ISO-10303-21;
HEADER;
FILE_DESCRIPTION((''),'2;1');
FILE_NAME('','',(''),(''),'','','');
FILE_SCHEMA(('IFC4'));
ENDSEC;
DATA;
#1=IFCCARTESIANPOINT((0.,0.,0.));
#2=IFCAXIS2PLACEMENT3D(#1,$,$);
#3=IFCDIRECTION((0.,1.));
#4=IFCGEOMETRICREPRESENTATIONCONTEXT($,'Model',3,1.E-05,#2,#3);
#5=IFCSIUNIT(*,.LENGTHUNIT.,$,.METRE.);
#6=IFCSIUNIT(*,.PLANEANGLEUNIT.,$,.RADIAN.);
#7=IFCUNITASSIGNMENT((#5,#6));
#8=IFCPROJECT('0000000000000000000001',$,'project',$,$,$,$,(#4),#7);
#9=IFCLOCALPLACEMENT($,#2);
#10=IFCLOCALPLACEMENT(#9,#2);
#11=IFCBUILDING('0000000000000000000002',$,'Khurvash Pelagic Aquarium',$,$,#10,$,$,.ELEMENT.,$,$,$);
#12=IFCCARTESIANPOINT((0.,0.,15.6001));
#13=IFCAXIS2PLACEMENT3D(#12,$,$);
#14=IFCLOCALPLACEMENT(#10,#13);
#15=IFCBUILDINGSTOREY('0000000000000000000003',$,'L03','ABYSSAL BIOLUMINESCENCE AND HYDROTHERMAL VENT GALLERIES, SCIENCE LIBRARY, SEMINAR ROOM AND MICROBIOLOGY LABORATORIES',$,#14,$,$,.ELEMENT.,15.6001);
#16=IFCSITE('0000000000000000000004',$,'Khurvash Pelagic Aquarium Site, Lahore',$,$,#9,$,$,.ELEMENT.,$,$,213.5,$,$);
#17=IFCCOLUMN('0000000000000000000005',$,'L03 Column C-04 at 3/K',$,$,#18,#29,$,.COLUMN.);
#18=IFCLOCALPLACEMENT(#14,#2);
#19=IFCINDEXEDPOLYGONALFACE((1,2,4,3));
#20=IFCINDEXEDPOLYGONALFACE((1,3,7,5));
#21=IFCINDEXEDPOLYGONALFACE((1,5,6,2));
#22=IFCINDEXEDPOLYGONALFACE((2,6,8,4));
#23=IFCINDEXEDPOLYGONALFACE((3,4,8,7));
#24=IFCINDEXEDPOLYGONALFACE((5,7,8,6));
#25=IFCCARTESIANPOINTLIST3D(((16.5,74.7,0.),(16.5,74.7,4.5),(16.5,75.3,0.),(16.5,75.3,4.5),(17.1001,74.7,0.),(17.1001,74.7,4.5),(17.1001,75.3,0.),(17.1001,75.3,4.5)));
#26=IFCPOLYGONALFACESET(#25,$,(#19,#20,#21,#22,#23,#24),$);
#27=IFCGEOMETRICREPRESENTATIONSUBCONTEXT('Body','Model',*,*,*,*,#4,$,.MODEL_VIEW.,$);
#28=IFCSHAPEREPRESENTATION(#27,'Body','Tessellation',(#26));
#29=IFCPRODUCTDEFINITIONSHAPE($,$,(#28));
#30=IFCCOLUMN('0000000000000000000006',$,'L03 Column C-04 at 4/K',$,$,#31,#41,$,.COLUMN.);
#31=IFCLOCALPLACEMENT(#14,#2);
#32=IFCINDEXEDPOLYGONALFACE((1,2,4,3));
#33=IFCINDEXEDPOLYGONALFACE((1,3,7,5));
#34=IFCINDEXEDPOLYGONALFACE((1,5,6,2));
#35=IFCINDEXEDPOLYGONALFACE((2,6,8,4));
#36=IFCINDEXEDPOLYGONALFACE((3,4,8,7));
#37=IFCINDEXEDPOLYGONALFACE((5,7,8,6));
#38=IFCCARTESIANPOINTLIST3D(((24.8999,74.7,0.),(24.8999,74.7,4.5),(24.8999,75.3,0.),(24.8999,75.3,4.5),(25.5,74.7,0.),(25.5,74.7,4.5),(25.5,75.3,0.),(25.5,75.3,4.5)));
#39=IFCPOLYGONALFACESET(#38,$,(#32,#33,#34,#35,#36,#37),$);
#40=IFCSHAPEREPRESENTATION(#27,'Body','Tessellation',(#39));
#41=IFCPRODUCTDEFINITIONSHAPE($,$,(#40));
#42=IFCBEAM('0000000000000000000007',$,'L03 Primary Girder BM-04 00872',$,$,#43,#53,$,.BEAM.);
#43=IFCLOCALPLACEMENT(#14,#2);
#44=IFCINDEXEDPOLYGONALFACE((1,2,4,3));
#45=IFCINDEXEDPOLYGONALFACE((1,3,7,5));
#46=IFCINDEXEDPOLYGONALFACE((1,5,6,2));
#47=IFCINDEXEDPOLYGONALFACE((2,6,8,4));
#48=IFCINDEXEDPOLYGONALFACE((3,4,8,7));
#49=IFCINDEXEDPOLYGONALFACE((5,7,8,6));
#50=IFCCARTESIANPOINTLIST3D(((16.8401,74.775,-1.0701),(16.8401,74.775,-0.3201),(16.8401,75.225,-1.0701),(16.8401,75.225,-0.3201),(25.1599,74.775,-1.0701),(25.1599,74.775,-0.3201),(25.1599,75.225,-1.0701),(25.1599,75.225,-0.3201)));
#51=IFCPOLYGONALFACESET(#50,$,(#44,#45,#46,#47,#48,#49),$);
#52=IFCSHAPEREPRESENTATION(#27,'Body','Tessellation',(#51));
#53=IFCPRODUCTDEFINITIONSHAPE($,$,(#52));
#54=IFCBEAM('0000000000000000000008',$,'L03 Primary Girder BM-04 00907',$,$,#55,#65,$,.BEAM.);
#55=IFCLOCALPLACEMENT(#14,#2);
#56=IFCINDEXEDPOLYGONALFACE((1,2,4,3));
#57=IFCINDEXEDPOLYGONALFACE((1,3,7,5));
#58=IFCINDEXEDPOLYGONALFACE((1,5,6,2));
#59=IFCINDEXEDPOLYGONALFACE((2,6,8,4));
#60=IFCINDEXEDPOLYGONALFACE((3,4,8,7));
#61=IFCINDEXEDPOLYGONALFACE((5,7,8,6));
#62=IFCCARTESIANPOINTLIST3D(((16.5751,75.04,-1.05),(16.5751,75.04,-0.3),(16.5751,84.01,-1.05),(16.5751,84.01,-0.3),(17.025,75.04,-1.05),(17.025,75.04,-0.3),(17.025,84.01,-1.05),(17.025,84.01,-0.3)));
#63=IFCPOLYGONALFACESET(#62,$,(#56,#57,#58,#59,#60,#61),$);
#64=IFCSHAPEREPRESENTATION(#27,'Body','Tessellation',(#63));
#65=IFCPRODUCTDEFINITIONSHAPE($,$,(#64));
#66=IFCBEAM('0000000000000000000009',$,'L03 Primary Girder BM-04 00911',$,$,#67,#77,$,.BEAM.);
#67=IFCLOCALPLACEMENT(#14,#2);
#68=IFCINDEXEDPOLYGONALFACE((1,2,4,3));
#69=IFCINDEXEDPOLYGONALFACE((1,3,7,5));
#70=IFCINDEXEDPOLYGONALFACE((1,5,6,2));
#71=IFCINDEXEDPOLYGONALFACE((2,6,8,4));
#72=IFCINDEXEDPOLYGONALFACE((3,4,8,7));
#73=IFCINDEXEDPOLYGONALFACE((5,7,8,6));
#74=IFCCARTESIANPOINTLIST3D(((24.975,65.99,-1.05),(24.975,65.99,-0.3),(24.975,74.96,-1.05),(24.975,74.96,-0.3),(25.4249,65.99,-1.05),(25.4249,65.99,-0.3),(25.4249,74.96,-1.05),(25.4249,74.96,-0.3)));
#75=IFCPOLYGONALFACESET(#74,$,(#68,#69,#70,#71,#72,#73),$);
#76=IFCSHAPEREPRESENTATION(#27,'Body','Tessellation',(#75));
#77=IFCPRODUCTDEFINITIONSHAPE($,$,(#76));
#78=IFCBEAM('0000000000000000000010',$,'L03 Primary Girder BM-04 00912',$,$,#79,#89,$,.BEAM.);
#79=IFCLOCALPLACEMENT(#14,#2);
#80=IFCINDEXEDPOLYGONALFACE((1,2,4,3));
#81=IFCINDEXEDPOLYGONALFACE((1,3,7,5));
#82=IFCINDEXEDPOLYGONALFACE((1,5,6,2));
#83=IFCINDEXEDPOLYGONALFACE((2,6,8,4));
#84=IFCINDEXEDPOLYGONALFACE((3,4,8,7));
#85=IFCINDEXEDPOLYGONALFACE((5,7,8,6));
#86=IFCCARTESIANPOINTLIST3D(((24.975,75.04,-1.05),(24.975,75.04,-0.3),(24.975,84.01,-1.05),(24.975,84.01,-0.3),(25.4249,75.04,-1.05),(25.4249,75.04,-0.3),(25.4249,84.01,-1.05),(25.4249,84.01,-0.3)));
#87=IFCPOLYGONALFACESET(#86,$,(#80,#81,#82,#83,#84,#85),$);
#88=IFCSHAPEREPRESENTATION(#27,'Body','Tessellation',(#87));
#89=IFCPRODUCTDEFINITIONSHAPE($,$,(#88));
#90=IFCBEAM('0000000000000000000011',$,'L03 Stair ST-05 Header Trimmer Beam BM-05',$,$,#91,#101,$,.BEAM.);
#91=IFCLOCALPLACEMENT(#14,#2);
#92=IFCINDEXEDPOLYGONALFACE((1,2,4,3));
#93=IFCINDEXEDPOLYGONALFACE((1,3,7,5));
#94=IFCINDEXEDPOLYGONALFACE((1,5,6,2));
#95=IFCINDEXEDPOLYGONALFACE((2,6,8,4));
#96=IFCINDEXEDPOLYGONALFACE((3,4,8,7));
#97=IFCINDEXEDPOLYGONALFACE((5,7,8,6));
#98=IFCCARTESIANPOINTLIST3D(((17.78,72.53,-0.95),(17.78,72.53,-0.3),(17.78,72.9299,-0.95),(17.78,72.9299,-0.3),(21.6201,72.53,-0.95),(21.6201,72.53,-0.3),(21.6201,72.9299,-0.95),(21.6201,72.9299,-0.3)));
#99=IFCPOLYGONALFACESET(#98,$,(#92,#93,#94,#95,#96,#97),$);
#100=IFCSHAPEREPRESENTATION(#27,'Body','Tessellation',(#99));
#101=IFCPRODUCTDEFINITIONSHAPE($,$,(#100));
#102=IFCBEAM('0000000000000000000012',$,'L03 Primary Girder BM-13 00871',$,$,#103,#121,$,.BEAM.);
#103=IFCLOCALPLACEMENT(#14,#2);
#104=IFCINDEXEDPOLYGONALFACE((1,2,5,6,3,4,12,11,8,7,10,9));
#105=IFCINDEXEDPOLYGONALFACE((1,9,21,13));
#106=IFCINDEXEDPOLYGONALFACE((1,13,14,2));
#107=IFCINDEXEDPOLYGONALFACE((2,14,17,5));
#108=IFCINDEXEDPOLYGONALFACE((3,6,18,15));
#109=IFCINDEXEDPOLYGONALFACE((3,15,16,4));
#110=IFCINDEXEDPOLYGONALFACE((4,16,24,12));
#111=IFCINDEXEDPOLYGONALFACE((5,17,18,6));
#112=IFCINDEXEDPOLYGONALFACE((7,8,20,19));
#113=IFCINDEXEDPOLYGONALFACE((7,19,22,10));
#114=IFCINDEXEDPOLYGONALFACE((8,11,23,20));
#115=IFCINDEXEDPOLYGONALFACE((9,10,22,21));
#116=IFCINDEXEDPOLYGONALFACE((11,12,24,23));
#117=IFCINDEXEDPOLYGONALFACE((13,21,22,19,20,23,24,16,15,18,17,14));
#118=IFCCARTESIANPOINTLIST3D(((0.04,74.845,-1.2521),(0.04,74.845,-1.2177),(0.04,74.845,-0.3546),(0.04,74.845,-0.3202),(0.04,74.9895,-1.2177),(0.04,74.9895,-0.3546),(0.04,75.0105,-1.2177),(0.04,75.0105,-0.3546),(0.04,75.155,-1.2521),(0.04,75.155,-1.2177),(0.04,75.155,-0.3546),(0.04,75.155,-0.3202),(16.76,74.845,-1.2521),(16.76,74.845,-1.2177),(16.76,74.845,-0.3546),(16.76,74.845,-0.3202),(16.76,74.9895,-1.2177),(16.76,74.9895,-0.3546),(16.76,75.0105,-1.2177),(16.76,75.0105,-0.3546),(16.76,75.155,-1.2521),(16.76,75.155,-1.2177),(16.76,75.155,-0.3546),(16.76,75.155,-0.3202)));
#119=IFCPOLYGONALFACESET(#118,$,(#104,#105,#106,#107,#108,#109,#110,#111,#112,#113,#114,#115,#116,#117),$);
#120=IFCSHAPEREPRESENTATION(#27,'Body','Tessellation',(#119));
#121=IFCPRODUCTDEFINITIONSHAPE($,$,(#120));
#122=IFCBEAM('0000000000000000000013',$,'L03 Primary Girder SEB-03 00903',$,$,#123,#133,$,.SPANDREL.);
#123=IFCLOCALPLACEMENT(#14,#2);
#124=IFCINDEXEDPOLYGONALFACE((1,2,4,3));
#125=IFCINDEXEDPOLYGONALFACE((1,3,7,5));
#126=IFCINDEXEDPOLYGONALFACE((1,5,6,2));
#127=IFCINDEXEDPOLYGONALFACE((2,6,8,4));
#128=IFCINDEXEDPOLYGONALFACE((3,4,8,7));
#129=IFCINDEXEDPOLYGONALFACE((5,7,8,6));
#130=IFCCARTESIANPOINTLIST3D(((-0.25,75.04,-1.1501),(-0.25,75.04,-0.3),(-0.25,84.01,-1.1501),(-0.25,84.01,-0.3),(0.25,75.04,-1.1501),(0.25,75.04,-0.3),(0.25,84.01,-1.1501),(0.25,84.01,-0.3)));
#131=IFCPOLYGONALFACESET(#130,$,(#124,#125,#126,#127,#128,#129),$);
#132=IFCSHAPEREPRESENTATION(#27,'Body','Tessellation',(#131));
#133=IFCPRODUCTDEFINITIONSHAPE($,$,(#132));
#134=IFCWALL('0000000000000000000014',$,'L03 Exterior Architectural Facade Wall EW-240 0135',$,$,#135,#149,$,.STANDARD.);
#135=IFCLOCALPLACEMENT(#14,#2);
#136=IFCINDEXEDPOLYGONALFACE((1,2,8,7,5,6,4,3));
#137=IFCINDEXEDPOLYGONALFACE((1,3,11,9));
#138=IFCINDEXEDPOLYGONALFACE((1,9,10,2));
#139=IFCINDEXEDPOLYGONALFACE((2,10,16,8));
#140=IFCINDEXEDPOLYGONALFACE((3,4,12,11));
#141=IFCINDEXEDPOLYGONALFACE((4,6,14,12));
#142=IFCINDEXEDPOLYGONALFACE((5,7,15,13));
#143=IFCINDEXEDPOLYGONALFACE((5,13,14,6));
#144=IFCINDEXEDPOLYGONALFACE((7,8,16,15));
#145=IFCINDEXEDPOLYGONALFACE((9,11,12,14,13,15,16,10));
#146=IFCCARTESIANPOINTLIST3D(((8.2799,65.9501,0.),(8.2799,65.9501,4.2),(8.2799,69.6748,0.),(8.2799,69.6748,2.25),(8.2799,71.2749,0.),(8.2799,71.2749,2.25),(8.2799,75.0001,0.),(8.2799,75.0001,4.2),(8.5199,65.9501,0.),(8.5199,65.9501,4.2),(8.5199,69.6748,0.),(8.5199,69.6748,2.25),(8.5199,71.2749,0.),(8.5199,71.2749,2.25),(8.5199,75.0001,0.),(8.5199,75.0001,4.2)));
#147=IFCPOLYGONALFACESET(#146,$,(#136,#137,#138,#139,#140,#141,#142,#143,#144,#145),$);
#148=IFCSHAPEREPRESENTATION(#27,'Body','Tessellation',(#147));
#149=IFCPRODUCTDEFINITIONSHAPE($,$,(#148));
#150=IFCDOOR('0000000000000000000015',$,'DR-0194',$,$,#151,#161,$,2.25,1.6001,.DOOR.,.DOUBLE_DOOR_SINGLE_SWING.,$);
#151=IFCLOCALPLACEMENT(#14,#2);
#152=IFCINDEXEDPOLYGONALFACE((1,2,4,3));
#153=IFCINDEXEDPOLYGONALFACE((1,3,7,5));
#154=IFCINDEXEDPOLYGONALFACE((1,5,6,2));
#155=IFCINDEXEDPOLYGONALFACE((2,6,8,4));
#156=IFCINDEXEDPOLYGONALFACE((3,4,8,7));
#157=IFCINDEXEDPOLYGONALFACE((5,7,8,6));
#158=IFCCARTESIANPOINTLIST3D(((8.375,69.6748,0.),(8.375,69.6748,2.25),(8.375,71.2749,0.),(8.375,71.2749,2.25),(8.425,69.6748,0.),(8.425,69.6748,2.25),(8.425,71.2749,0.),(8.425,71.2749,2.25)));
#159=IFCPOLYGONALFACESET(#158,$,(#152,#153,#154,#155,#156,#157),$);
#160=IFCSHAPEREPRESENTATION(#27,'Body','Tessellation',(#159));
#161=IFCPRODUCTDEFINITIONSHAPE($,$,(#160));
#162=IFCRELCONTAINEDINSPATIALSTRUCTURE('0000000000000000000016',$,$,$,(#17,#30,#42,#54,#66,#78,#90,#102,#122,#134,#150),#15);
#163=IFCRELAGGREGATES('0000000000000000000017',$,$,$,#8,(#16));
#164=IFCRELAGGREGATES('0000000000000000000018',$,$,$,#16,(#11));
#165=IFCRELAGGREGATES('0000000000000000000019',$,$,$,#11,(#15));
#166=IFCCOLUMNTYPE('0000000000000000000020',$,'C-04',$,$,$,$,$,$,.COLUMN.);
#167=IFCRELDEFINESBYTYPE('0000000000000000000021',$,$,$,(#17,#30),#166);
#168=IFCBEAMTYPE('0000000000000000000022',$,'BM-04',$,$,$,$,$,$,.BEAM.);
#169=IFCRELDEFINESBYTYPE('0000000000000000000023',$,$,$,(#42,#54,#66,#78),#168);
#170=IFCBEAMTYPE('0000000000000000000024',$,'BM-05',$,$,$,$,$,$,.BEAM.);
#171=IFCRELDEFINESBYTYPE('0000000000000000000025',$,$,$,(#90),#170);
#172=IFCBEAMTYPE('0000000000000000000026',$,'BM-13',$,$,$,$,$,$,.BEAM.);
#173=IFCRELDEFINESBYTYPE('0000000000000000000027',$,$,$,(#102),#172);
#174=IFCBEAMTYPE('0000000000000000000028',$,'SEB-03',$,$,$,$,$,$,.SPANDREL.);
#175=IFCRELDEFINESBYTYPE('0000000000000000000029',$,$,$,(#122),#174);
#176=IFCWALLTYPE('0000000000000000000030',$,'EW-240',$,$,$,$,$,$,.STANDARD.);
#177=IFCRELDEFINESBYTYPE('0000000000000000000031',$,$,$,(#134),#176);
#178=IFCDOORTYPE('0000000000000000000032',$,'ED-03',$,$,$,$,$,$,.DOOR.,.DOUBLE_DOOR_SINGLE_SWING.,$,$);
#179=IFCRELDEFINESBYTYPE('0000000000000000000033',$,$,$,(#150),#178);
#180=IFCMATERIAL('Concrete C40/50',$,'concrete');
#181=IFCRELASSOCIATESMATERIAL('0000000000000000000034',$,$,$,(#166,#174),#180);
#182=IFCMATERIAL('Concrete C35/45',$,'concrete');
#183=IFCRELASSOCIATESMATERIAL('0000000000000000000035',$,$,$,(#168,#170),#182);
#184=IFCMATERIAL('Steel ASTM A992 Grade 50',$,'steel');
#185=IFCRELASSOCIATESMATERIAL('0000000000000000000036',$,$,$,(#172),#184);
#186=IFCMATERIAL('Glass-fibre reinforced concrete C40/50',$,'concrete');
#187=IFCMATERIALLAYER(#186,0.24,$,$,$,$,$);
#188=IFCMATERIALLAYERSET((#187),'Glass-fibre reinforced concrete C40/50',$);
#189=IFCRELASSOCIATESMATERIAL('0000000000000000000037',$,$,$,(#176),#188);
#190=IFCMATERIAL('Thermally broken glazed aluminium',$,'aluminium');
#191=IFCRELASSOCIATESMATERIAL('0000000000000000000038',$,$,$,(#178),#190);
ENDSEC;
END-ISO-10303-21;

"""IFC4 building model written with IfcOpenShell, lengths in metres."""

from ifc_helpers import new_model, si_unit, direction, frame, frame_2d, origin, origin_2d, place, context, subcontext, project, spatial, rectangle, i_section, extrude, material, layer, layer_set, material_profile, profile_set, type_object, element, fill, save


model = new_model("IFC4")

# Units and contexts
model_context = context("Model", 3, precision=1e-05, world=origin(), true_north=direction((0.0, 1.0)))
body_context = subcontext(model_context, "Body", "Model", "MODEL_VIEW")
ifc_project = project(units=[si_unit("LENGTHUNIT", "METRE"), si_unit("PLANEANGLEUNIT", "RADIAN")], contexts=[model_context])

# Site, building, storey
site_placement = place(None, origin())
site = spatial("IfcSite", under=ifc_project, at=site_placement, Name="Khurvash Pelagic Aquarium Site, Lahore", CompositionType="ELEMENT", RefElevation=213.5)
building_placement = place(site_placement, origin())
building = spatial("IfcBuilding", under=site, at=building_placement, Name="Khurvash Pelagic Aquarium", CompositionType="ELEMENT")
storey_placement = place(building_placement, frame((0.0, 0.0, 15.6001)))
storey = spatial("IfcBuildingStorey", under=building, at=storey_placement, Name="L03", Description="ABYSSAL BIOLUMINESCENCE AND HYDROTHERMAL VENT GALLERIES, SCIENCE LIBRARY, SEMINAR ROOM AND MICROBIOLOGY LABORATORIES", CompositionType="ELEMENT", Elevation=15.6001)

# Columns
ifc_material_1 = material(Name="Concrete C40/50", Category="concrete")
ifc_material_profile_1 = material_profile(ifc_material_1, rectangle(XDim=0.6001, YDim=0.6001, at=origin_2d()), Name="RC600X600")
ifc_profile_set_1 = profile_set([ifc_material_profile_1], Name="Concrete C40/50")
column_type = type_object("IfcColumnType", Name="C-04", PredefinedType="COLUMN", material=ifc_profile_set_1)
for number, where, z_axis, x_axis, name in (
    (1, (16.8, 75.0, 0.0), (0.0, 0.0, 1.0), (1.0, 0.0, 0.0), "L03 Column C-04 at 3/K"),
    (2, (25.2, 75.0, 0.0), (0.0, 0.0, 1.0), (1.0, 0.0, 0.0), "L03 Column C-04 at 4/K"),
):
    element("IfcColumn", number, at=place(storey_placement, frame(where, z_axis=z_axis, x_axis=x_axis)), inside=storey, type_object=column_type, Name=name, PredefinedType="COLUMN", context=body_context, shape_type="SweptSolid", body=[
        extrude(rectangle(XDim=0.6001, YDim=0.6001, at=origin_2d()), origin(), (0.0, 0.0, 1.0), 4.5),
    ])

# Beams
ifc_material_2 = material(Name="Concrete C35/45", Category="concrete")
ifc_material_profile_2 = material_profile(ifc_material_2, rectangle(XDim=0.45, YDim=0.75, at=origin_2d()), Name="RC450X750")
ifc_profile_set_2 = profile_set([ifc_material_profile_2], Name="Concrete C35/45")
beam_type_1 = type_object("IfcBeamType", Name="BM-04", PredefinedType="BEAM", material=ifc_profile_set_2)
beam_1_placement = place(storey_placement, frame((16.8401, 75.0, -0.6951), z_axis=(1.0, 0.0, 0.0), x_axis=(0.0, 1.0, 0.0)))
element("IfcBeam", 3, at=beam_1_placement, inside=storey, type_object=beam_type_1, Name="L03 Primary Girder BM-04 00872", PredefinedType="BEAM", context=body_context, shape_type="SweptSolid", body=[
    extrude(rectangle(XDim=0.45, YDim=0.75, at=origin_2d()), origin(), (0.0, 0.0, 1.0), 8.3198),
])
for number, where, z_axis, x_axis, name in (
    (4, (16.8, 75.04, -0.675), (0.0, 1.0, 0.0), (-1.0, 0.0, 0.0), "L03 Primary Girder BM-04 00907"),
    (5, (25.2, 65.99, -0.675), (0.0, 1.0, 0.0), (-1.0, 0.0, 0.0), "L03 Primary Girder BM-04 00911"),
    (6, (25.2, 75.04, -0.675), (0.0, 1.0, 0.0), (-1.0, 0.0, 0.0), "L03 Primary Girder BM-04 00912"),
):
    element("IfcBeam", number, at=place(storey_placement, frame(where, z_axis=z_axis, x_axis=x_axis)), inside=storey, type_object=beam_type_1, Name=name, PredefinedType="BEAM", context=body_context, shape_type="SweptSolid", body=[
        extrude(rectangle(XDim=0.45, YDim=0.75, at=origin_2d()), origin(), (0.0, 0.0, 1.0), 8.97),
    ])
ifc_material_profile_3 = material_profile(ifc_material_2, rectangle(XDim=0.3999, YDim=0.6499, at=origin_2d()), Name="RC400X650")
ifc_profile_set_3 = profile_set([ifc_material_profile_3], Name="Concrete C35/45")
beam_type_2 = type_object("IfcBeamType", Name="BM-05", PredefinedType="BEAM", material=ifc_profile_set_3)
beam_2_placement = place(storey_placement, frame((17.78, 72.73, -0.625), z_axis=(1.0, 0.0, 0.0), x_axis=(0.0, 1.0, 0.0)))
element("IfcBeam", 7, at=beam_2_placement, inside=storey, type_object=beam_type_2, Name="L03 Stair ST-05 Header Trimmer Beam BM-05", PredefinedType="BEAM", context=body_context, shape_type="SweptSolid", body=[
    extrude(rectangle(XDim=0.3999, YDim=0.6499, at=origin_2d()), origin(), (0.0, 0.0, 1.0), 3.8401),
])
ifc_material_3 = material(Name="Steel ASTM A992 Grade 50", Category="steel")
ifc_material_profile_4 = material_profile(ifc_material_3, i_section(OverallWidth=0.3101, OverallDepth=0.9319, WebThickness=0.021, FlangeThickness=0.0344, at=origin_2d()), Name="W36X210")
ifc_profile_set_4 = profile_set([ifc_material_profile_4], Name="Steel ASTM A992 Grade 50")
beam_type_3 = type_object("IfcBeamType", Name="BM-13", PredefinedType="BEAM", material=ifc_profile_set_4)
beam_3_placement = place(storey_placement, frame((0.04, 75.0, -0.7861), z_axis=(1.0, 0.0, 0.0), x_axis=(0.0, 1.0, 0.0)))
element("IfcBeam", 8, at=beam_3_placement, inside=storey, type_object=beam_type_3, Name="L03 Primary Girder BM-13 00871", PredefinedType="BEAM", context=body_context, shape_type="SweptSolid", body=[
    extrude(i_section(OverallWidth=0.3101, OverallDepth=0.9319, WebThickness=0.021, FlangeThickness=0.0344, at=origin_2d()), origin(), (0.0, 0.0, 1.0), 16.72),
])
ifc_material_profile_5 = material_profile(ifc_material_1, rectangle(XDim=0.5, YDim=0.8501, at=origin_2d()), Name="RC500X850")
ifc_profile_set_5 = profile_set([ifc_material_profile_5], Name="Concrete C40/50")
beam_type_4 = type_object("IfcBeamType", Name="SEB-03", PredefinedType="SPANDREL", material=ifc_profile_set_5)
beam_4_placement = place(storey_placement, frame((0.0, 75.04, -0.7251), z_axis=(0.0, 1.0, 0.0), x_axis=(-1.0, 0.0, 0.0)))
element("IfcBeam", 9, at=beam_4_placement, inside=storey, type_object=beam_type_4, Name="L03 Primary Girder SEB-03 00903", PredefinedType="SPANDREL", context=body_context, shape_type="SweptSolid", body=[
    extrude(rectangle(XDim=0.5, YDim=0.8501, at=origin_2d()), origin(), (0.0, 0.0, 1.0), 8.97),
])

# Wall, opening, door
ifc_material_4 = material(Name="Glass-fibre reinforced concrete C40/50", Category="concrete")
ifc_layer_1 = layer(ifc_material_4, 0.24)
ifc_layer_set_1 = layer_set([ifc_layer_1], Name="Glass-fibre reinforced concrete C40/50")
wall_type_1 = type_object("IfcWallType", Name="EW-240", PredefinedType="STANDARD", material=ifc_layer_set_1)
wall_1_placement = place(storey_placement, frame((8.3999, 75.0, 0.0), z_axis=(0.0, 0.0, 1.0), x_axis=(0.0, -1.0, 0.0)))
wall_1 = element("IfcWall", 10, at=wall_1_placement, inside=storey, type_object=wall_type_1, Name="L03 Exterior Architectural Facade Wall EW-240 0135", PredefinedType="STANDARD", context=body_context, shape_type="SweptSolid", body=[
    extrude(rectangle(XDim=9.05, YDim=0.24, at=frame_2d((4.5249, 0.0))), origin(), (0.0, 0.0, 1.0), 4.2),
])
opening_1_placement = place(wall_1_placement, frame((3.7251, 0.0, 0.0)))
opening_1 = element("IfcOpeningElement", 11, at=opening_1_placement, cuts=wall_1, PredefinedType="OPENING", context=body_context, shape_type="SweptSolid", body=[
    extrude(rectangle(XDim=1.6001, YDim=2.25, at=frame_2d((0.8, 1.125))), frame((0.0, 0.1299, 0.0), z_axis=(0.0, -1.0, 0.0), x_axis=(1.0, 0.0, 0.0)), (0.0, 0.0, 1.0), 0.26),
])
ifc_material_5 = material(Name="Thermally broken glazed aluminium", Category="aluminium")
door_type_1 = type_object("IfcDoorType", Name="ED-03", OperationType="DOUBLE_DOOR_SINGLE_SWING", PredefinedType="DOOR", material=ifc_material_5)
door_1_placement = place(opening_1_placement, frame((1.6001, 0.0, 0.0), z_axis=(0.0, 0.0, 1.0), x_axis=(-1.0, 0.0, 0.0)))
door_1 = element("IfcDoor", 12, at=door_1_placement, inside=storey, type_object=door_type_1, Name="DR-0194", OperationType="DOUBLE_DOOR_SINGLE_SWING", OverallHeight=2.25, OverallWidth=1.6001, PredefinedType="DOOR", context=body_context, shape_type="SweptSolid", body=[
    extrude(rectangle(XDim=1.6001, YDim=2.25, at=frame_2d((0.8, 1.125))), frame((0.0, 0.0249, 0.0), z_axis=(0.0, -1.0, 0.0), x_axis=(1.0, 0.0, 0.0)), (0.0, 0.0, 1.0), 0.05),
])
fill(opening_1, door_1)

save(model, "model.ifc")
